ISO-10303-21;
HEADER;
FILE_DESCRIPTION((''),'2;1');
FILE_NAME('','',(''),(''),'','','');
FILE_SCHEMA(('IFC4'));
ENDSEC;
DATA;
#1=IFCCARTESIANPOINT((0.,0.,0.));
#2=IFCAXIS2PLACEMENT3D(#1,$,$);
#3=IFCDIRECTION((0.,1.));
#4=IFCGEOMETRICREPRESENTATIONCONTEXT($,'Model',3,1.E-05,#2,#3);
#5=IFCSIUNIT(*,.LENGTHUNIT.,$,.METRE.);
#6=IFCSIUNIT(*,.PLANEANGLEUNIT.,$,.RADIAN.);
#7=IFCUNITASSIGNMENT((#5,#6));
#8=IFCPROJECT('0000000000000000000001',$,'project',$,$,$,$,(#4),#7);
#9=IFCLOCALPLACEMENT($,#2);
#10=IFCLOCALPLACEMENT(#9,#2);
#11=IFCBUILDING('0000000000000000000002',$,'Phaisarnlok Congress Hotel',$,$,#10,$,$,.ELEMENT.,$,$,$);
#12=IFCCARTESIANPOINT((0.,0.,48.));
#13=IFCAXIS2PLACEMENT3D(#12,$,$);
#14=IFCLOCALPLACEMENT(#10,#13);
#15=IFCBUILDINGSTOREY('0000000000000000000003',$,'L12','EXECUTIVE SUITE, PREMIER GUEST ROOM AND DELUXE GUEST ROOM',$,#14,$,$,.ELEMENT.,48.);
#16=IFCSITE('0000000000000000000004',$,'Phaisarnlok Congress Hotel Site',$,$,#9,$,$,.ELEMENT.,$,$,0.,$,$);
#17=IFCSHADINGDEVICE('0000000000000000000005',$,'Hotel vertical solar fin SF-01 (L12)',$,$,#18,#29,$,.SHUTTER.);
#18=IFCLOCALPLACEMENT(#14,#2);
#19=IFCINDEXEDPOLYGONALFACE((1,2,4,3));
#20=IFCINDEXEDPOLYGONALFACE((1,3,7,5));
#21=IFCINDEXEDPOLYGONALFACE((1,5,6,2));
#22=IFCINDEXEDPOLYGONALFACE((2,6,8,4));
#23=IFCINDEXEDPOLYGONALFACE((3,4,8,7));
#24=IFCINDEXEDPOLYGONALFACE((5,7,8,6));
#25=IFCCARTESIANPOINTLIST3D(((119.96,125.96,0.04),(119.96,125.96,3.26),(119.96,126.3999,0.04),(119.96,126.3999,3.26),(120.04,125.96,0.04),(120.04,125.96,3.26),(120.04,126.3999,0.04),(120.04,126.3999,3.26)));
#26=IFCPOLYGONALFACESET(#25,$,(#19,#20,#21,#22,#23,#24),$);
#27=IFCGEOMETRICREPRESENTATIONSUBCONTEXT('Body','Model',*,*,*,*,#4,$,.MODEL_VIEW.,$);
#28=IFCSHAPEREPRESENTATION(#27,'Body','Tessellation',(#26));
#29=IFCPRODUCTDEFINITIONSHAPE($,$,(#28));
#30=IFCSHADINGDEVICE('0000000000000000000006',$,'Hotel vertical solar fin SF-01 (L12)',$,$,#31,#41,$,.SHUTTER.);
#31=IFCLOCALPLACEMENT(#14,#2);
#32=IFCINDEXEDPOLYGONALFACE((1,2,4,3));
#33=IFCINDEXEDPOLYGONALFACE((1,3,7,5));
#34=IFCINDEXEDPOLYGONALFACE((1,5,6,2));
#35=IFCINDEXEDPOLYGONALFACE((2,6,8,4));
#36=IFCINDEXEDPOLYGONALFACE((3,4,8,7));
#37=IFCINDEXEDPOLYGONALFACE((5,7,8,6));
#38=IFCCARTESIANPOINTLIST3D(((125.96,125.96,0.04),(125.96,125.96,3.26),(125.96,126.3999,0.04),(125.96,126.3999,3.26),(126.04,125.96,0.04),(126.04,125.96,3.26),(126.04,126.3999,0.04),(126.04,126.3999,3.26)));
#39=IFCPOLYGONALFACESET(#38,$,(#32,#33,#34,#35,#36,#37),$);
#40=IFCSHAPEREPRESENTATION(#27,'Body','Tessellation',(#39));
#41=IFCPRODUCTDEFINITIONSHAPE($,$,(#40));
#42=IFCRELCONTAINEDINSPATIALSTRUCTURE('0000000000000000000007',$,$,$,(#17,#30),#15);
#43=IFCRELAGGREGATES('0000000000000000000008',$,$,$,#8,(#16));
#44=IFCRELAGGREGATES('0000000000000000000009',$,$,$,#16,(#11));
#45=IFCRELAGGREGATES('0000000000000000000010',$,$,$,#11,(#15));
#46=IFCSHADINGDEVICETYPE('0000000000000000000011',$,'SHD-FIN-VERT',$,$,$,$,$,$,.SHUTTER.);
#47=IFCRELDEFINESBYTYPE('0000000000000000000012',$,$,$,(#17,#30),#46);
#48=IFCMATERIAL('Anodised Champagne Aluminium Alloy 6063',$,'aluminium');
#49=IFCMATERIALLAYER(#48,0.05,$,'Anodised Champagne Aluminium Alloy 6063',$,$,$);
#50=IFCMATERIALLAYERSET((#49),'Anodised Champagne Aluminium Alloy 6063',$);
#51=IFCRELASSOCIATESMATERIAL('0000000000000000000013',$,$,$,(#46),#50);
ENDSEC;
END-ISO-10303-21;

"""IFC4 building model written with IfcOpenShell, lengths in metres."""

from ifc_helpers import new_model, si_unit, direction, frame, origin, origin_2d, place, context, subcontext, project, spatial, rectangle, extrude, material, layer, layer_set, type_object, element, save


model = new_model("IFC4")

# Units and contexts
model_context = context("Model", 3, precision=1e-05, world=origin(), true_north=direction((0.0, 1.0)))
body_context = subcontext(model_context, "Body", "Model", "MODEL_VIEW")
ifc_project = project(units=[si_unit("LENGTHUNIT", "METRE"), si_unit("PLANEANGLEUNIT", "RADIAN")], contexts=[model_context])

# Site, building, storey
site_placement = place(None, origin())
site = spatial("IfcSite", under=ifc_project, at=site_placement, Name="Phaisarnlok Congress Hotel Site", CompositionType="ELEMENT", RefElevation=0.0)
building_placement = place(site_placement, origin())
building = spatial("IfcBuilding", under=site, at=building_placement, Name="Phaisarnlok Congress Hotel", CompositionType="ELEMENT")
storey_placement = place(building_placement, frame((0.0, 0.0, 48.0)))
storey = spatial("IfcBuildingStorey", under=building, at=storey_placement, Name="L12", Description="EXECUTIVE SUITE, PREMIER GUEST ROOM AND DELUXE GUEST ROOM", CompositionType="ELEMENT", Elevation=48.0)

# Shading devices
ifc_material_1 = material(Name="Anodised Champagne Aluminium Alloy 6063", Category="aluminium")
ifc_layer_1 = layer(ifc_material_1, 0.05, Name="Anodised Champagne Aluminium Alloy 6063")
ifc_layer_set_1 = layer_set([ifc_layer_1], Name="Anodised Champagne Aluminium Alloy 6063")
shading_device_type = type_object("IfcShadingDeviceType", Name="SHD-FIN-VERT", PredefinedType="SHUTTER", material=ifc_layer_set_1)
for number, where, z_axis, x_axis, name in (
    (1, (120.0, 126.1799, 0.04), (0.0, 0.0, 1.0), (1.0, 0.0, 0.0), "Hotel vertical solar fin SF-01 (L12)"),
    (2, (126.0, 126.1799, 0.04), (0.0, 0.0, 1.0), (1.0, 0.0, 0.0), "Hotel vertical solar fin SF-01 (L12)"),
):
    element("IfcShadingDevice", number, at=place(storey_placement, frame(where, z_axis=z_axis, x_axis=x_axis)), inside=storey, type_object=shading_device_type, Name=name, PredefinedType="SHUTTER", context=body_context, shape_type="SweptSolid", body=[
        extrude(rectangle(XDim=0.0801, YDim=0.4399, at=origin_2d()), origin(), (0.0, 0.0, 1.0), 3.22),
    ])

save(model, "model.ifc")
